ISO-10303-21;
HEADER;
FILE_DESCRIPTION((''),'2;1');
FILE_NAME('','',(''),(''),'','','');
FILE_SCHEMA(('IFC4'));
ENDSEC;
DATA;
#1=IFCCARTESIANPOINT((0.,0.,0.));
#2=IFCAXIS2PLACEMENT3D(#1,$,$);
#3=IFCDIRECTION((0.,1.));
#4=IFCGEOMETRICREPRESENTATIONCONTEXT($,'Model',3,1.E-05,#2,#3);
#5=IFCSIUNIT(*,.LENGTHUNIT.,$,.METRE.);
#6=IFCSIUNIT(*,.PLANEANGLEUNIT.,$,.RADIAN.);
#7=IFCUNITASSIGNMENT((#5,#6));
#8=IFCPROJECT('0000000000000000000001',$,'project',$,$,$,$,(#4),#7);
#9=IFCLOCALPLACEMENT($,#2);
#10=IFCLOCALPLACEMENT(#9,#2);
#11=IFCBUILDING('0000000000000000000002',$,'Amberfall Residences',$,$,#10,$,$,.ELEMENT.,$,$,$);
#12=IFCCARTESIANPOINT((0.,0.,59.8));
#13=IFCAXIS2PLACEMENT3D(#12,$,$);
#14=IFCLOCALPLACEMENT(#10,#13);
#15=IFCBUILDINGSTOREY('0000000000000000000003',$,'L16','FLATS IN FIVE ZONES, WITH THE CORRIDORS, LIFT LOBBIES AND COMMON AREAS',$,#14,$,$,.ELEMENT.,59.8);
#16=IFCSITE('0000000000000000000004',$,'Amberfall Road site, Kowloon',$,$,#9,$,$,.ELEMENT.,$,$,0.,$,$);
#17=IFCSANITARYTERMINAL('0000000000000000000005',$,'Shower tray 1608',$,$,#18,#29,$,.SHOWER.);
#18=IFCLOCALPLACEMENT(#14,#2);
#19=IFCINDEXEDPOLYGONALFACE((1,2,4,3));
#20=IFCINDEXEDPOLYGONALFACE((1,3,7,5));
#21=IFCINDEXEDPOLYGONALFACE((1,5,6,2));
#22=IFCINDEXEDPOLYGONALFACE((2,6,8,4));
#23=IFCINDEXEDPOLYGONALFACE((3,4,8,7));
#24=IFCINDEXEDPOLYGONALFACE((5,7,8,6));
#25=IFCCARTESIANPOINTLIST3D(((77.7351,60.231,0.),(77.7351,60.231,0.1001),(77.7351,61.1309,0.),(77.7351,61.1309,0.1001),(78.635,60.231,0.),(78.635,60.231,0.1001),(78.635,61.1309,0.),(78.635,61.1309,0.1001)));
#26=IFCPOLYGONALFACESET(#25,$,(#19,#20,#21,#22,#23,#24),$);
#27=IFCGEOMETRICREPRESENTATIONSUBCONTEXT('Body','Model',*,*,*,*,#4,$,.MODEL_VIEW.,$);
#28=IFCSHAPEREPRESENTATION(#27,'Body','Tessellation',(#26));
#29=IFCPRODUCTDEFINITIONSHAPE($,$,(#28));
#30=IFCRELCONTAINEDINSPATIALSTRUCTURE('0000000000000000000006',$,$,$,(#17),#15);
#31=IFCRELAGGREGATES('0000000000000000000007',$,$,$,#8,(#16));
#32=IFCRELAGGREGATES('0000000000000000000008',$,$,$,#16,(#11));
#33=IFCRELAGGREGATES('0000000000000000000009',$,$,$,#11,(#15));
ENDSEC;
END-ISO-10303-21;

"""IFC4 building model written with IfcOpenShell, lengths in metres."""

from ifc_helpers import new_model, si_unit, direction, frame, origin, origin_2d, place, context, subcontext, project, spatial, rectangle, extrude, element, save


model = new_model("IFC4")

# Units and contexts
model_context = context("Model", 3, precision=1e-05, world=origin(), true_north=direction((0.0, 1.0)))
body_context = subcontext(model_context, "Body", "Model", "MODEL_VIEW")
ifc_project = project(units=[si_unit("LENGTHUNIT", "METRE"), si_unit("PLANEANGLEUNIT", "RADIAN")], contexts=[model_context])

# Site, building, storey
site_placement = place(None, origin())
site = spatial("IfcSite", under=ifc_project, at=site_placement, Name="Amberfall Road site, Kowloon", CompositionType="ELEMENT", RefElevation=0.0)
building_placement = place(site_placement, origin())
building = spatial("IfcBuilding", under=site, at=building_placement, Name="Amberfall Residences", CompositionType="ELEMENT")
storey_placement = place(building_placement, frame((0.0, 0.0, 59.8)))
storey = spatial("IfcBuildingStorey", under=building, at=storey_placement, Name="L16", Description="FLATS IN FIVE ZONES, WITH THE CORRIDORS, LIFT LOBBIES AND COMMON AREAS", CompositionType="ELEMENT", Elevation=59.8)

# Sanitary terminal
sanitary_terminal_1_placement = place(storey_placement, frame((78.1851, 60.6809, 0.0), z_axis=(0.0, 0.0, 1.0), x_axis=(1.0, 0.0, 0.0)))
element("IfcSanitaryTerminal", 1, at=sanitary_terminal_1_placement, inside=storey, Name="Shower tray 1608", PredefinedType="SHOWER", context=body_context, shape_type="SweptSolid", body=[
    extrude(rectangle(XDim=0.8999, YDim=0.8999, at=origin_2d()), origin(), (0.0, 0.0, 1.0), 0.1001),
])

save(model, "model.ifc")
